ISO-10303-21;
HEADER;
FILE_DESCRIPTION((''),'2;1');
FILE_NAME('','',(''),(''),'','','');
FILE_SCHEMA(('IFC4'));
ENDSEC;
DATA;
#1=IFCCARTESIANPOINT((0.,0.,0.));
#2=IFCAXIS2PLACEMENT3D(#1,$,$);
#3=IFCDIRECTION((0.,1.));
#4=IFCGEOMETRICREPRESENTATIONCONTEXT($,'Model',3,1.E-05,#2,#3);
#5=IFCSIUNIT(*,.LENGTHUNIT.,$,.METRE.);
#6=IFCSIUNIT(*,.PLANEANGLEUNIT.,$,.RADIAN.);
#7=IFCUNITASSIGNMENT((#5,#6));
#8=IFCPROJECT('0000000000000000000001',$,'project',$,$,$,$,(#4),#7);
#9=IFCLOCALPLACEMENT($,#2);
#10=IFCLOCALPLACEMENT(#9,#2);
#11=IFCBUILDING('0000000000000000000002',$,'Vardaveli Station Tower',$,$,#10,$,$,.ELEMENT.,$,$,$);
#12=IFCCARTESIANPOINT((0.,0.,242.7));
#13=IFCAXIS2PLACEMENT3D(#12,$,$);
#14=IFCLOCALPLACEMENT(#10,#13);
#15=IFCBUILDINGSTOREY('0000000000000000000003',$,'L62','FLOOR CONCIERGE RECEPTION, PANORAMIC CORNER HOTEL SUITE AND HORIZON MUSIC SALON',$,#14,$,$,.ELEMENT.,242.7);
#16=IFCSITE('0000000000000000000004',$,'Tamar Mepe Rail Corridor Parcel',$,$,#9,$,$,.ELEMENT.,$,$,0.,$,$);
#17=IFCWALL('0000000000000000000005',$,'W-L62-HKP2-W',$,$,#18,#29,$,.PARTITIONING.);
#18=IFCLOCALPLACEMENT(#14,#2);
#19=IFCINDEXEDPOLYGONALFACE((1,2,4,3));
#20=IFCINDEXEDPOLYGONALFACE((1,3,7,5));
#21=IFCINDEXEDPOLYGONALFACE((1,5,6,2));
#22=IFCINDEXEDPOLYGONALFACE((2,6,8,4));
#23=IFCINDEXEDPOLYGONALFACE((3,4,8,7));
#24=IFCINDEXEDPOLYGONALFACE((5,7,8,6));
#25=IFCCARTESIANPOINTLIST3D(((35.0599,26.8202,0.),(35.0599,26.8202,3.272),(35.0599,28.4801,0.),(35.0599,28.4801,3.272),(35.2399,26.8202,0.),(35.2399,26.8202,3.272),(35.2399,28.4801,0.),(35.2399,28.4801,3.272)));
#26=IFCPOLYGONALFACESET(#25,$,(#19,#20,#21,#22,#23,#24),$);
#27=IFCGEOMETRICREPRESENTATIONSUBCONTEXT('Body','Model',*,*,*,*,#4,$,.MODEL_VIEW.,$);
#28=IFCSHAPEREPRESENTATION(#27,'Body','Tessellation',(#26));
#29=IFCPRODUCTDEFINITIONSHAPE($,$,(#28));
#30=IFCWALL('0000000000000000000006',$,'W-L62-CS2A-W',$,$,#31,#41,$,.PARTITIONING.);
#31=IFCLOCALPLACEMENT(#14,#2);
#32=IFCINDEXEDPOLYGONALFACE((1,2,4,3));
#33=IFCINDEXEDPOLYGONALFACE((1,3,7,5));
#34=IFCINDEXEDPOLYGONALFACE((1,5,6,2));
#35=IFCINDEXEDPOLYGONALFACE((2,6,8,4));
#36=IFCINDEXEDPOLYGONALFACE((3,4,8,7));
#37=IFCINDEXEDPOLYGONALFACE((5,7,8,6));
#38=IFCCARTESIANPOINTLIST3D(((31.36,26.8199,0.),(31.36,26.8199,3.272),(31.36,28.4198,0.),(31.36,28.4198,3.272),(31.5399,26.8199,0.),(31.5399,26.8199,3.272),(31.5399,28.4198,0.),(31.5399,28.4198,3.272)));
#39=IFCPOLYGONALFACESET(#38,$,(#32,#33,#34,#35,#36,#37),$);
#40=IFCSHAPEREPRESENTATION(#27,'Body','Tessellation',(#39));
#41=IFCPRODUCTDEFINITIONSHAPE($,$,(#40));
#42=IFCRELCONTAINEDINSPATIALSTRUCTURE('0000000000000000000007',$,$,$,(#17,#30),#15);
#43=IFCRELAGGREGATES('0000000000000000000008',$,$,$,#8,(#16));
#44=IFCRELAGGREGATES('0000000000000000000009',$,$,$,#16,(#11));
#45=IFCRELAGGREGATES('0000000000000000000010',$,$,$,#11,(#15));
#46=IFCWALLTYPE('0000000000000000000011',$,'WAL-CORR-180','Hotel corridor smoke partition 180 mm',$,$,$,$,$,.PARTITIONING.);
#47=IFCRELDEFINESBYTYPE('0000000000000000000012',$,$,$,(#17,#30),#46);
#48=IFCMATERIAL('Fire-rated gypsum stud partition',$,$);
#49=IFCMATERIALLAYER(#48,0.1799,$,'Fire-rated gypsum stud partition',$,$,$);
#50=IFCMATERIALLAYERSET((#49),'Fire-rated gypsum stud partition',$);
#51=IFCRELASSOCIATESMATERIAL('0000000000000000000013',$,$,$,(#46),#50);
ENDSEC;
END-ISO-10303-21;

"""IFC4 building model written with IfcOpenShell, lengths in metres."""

from ifc_helpers import new_model, si_unit, direction, frame, frame_2d, origin, place, context, subcontext, project, spatial, rectangle, extrude, source, transform, mapped, material, layer, layer_set, type_object, element, save


model = new_model("IFC4")

# Units and contexts
model_context = context("Model", 3, precision=1e-05, world=origin(), true_north=direction((0.0, 1.0)))
body_context = subcontext(model_context, "Body", "Model", "MODEL_VIEW")
ifc_project = project(units=[si_unit("LENGTHUNIT", "METRE"), si_unit("PLANEANGLEUNIT", "RADIAN")], contexts=[model_context])

# Site, building, storey
site_placement = place(None, origin())
site = spatial("IfcSite", under=ifc_project, at=site_placement, Name="Tamar Mepe Rail Corridor Parcel", CompositionType="ELEMENT", RefElevation=0.0)
building_placement = place(site_placement, origin())
building = spatial("IfcBuilding", under=site, at=building_placement, Name="Vardaveli Station Tower", CompositionType="ELEMENT")
storey_placement = place(building_placement, frame((0.0, 0.0, 242.7)))
storey = spatial("IfcBuildingStorey", under=building, at=storey_placement, Name="L62", Description="FLOOR CONCIERGE RECEPTION, PANORAMIC CORNER HOTEL SUITE AND HORIZON MUSIC SALON", CompositionType="ELEMENT", Elevation=242.7)

# Shared definitions
ifc_material_1 = material(Name="Fire-rated gypsum stud partition")
ifc_layer_1 = layer(ifc_material_1, 0.1799, Name="Fire-rated gypsum stud partition")
ifc_layer_set_1 = layer_set([ifc_layer_1], Name="Fire-rated gypsum stud partition")
wall_type_1 = type_object("IfcWallType", Name="WAL-CORR-180", Description="Hotel corridor smoke partition 180 mm", PredefinedType="PARTITIONING", material=ifc_layer_set_1)

# Walls
shared_shape_1 = source(origin(), body_context, "Body", "SweptSolid", [
    extrude(rectangle(XDim=1.6599, YDim=0.1799, at=frame_2d((0.8301, 0.0))), origin(), (0.0, 0.0, 1.0), 3.272),
])
wall_1_placement = place(storey_placement, frame((35.1499, 26.8201, 0.0), z_axis=(0.0, 0.0, 1.0), x_axis=(0.0, 1.0, 0.0)))
element("IfcWall", 1, at=wall_1_placement, inside=storey, type_object=wall_type_1, Name="W-L62-HKP2-W", PredefinedType="PARTITIONING", context=body_context, shape_type="MappedRepresentation", body=[
    mapped(shared_shape_1, transform((0.0, 0.0, 0.0), scale=1.0)),
])
shared_shape_2 = source(origin(), body_context, "Body", "SweptSolid", [
    extrude(rectangle(XDim=1.5999, YDim=0.1799, at=frame_2d((0.7998, 0.0))), origin(), (0.0, 0.0, 1.0), 3.272),
])
wall_2_placement = place(storey_placement, frame((31.45, 26.8201, 0.0), z_axis=(0.0, 0.0, 1.0), x_axis=(0.0, 1.0, 0.0)))
element("IfcWall", 2, at=wall_2_placement, inside=storey, type_object=wall_type_1, Name="W-L62-CS2A-W", PredefinedType="PARTITIONING", context=body_context, shape_type="MappedRepresentation", body=[
    mapped(shared_shape_2, transform((0.0, 0.0, 0.0), scale=1.0)),
])

save(model, "model.ifc")
